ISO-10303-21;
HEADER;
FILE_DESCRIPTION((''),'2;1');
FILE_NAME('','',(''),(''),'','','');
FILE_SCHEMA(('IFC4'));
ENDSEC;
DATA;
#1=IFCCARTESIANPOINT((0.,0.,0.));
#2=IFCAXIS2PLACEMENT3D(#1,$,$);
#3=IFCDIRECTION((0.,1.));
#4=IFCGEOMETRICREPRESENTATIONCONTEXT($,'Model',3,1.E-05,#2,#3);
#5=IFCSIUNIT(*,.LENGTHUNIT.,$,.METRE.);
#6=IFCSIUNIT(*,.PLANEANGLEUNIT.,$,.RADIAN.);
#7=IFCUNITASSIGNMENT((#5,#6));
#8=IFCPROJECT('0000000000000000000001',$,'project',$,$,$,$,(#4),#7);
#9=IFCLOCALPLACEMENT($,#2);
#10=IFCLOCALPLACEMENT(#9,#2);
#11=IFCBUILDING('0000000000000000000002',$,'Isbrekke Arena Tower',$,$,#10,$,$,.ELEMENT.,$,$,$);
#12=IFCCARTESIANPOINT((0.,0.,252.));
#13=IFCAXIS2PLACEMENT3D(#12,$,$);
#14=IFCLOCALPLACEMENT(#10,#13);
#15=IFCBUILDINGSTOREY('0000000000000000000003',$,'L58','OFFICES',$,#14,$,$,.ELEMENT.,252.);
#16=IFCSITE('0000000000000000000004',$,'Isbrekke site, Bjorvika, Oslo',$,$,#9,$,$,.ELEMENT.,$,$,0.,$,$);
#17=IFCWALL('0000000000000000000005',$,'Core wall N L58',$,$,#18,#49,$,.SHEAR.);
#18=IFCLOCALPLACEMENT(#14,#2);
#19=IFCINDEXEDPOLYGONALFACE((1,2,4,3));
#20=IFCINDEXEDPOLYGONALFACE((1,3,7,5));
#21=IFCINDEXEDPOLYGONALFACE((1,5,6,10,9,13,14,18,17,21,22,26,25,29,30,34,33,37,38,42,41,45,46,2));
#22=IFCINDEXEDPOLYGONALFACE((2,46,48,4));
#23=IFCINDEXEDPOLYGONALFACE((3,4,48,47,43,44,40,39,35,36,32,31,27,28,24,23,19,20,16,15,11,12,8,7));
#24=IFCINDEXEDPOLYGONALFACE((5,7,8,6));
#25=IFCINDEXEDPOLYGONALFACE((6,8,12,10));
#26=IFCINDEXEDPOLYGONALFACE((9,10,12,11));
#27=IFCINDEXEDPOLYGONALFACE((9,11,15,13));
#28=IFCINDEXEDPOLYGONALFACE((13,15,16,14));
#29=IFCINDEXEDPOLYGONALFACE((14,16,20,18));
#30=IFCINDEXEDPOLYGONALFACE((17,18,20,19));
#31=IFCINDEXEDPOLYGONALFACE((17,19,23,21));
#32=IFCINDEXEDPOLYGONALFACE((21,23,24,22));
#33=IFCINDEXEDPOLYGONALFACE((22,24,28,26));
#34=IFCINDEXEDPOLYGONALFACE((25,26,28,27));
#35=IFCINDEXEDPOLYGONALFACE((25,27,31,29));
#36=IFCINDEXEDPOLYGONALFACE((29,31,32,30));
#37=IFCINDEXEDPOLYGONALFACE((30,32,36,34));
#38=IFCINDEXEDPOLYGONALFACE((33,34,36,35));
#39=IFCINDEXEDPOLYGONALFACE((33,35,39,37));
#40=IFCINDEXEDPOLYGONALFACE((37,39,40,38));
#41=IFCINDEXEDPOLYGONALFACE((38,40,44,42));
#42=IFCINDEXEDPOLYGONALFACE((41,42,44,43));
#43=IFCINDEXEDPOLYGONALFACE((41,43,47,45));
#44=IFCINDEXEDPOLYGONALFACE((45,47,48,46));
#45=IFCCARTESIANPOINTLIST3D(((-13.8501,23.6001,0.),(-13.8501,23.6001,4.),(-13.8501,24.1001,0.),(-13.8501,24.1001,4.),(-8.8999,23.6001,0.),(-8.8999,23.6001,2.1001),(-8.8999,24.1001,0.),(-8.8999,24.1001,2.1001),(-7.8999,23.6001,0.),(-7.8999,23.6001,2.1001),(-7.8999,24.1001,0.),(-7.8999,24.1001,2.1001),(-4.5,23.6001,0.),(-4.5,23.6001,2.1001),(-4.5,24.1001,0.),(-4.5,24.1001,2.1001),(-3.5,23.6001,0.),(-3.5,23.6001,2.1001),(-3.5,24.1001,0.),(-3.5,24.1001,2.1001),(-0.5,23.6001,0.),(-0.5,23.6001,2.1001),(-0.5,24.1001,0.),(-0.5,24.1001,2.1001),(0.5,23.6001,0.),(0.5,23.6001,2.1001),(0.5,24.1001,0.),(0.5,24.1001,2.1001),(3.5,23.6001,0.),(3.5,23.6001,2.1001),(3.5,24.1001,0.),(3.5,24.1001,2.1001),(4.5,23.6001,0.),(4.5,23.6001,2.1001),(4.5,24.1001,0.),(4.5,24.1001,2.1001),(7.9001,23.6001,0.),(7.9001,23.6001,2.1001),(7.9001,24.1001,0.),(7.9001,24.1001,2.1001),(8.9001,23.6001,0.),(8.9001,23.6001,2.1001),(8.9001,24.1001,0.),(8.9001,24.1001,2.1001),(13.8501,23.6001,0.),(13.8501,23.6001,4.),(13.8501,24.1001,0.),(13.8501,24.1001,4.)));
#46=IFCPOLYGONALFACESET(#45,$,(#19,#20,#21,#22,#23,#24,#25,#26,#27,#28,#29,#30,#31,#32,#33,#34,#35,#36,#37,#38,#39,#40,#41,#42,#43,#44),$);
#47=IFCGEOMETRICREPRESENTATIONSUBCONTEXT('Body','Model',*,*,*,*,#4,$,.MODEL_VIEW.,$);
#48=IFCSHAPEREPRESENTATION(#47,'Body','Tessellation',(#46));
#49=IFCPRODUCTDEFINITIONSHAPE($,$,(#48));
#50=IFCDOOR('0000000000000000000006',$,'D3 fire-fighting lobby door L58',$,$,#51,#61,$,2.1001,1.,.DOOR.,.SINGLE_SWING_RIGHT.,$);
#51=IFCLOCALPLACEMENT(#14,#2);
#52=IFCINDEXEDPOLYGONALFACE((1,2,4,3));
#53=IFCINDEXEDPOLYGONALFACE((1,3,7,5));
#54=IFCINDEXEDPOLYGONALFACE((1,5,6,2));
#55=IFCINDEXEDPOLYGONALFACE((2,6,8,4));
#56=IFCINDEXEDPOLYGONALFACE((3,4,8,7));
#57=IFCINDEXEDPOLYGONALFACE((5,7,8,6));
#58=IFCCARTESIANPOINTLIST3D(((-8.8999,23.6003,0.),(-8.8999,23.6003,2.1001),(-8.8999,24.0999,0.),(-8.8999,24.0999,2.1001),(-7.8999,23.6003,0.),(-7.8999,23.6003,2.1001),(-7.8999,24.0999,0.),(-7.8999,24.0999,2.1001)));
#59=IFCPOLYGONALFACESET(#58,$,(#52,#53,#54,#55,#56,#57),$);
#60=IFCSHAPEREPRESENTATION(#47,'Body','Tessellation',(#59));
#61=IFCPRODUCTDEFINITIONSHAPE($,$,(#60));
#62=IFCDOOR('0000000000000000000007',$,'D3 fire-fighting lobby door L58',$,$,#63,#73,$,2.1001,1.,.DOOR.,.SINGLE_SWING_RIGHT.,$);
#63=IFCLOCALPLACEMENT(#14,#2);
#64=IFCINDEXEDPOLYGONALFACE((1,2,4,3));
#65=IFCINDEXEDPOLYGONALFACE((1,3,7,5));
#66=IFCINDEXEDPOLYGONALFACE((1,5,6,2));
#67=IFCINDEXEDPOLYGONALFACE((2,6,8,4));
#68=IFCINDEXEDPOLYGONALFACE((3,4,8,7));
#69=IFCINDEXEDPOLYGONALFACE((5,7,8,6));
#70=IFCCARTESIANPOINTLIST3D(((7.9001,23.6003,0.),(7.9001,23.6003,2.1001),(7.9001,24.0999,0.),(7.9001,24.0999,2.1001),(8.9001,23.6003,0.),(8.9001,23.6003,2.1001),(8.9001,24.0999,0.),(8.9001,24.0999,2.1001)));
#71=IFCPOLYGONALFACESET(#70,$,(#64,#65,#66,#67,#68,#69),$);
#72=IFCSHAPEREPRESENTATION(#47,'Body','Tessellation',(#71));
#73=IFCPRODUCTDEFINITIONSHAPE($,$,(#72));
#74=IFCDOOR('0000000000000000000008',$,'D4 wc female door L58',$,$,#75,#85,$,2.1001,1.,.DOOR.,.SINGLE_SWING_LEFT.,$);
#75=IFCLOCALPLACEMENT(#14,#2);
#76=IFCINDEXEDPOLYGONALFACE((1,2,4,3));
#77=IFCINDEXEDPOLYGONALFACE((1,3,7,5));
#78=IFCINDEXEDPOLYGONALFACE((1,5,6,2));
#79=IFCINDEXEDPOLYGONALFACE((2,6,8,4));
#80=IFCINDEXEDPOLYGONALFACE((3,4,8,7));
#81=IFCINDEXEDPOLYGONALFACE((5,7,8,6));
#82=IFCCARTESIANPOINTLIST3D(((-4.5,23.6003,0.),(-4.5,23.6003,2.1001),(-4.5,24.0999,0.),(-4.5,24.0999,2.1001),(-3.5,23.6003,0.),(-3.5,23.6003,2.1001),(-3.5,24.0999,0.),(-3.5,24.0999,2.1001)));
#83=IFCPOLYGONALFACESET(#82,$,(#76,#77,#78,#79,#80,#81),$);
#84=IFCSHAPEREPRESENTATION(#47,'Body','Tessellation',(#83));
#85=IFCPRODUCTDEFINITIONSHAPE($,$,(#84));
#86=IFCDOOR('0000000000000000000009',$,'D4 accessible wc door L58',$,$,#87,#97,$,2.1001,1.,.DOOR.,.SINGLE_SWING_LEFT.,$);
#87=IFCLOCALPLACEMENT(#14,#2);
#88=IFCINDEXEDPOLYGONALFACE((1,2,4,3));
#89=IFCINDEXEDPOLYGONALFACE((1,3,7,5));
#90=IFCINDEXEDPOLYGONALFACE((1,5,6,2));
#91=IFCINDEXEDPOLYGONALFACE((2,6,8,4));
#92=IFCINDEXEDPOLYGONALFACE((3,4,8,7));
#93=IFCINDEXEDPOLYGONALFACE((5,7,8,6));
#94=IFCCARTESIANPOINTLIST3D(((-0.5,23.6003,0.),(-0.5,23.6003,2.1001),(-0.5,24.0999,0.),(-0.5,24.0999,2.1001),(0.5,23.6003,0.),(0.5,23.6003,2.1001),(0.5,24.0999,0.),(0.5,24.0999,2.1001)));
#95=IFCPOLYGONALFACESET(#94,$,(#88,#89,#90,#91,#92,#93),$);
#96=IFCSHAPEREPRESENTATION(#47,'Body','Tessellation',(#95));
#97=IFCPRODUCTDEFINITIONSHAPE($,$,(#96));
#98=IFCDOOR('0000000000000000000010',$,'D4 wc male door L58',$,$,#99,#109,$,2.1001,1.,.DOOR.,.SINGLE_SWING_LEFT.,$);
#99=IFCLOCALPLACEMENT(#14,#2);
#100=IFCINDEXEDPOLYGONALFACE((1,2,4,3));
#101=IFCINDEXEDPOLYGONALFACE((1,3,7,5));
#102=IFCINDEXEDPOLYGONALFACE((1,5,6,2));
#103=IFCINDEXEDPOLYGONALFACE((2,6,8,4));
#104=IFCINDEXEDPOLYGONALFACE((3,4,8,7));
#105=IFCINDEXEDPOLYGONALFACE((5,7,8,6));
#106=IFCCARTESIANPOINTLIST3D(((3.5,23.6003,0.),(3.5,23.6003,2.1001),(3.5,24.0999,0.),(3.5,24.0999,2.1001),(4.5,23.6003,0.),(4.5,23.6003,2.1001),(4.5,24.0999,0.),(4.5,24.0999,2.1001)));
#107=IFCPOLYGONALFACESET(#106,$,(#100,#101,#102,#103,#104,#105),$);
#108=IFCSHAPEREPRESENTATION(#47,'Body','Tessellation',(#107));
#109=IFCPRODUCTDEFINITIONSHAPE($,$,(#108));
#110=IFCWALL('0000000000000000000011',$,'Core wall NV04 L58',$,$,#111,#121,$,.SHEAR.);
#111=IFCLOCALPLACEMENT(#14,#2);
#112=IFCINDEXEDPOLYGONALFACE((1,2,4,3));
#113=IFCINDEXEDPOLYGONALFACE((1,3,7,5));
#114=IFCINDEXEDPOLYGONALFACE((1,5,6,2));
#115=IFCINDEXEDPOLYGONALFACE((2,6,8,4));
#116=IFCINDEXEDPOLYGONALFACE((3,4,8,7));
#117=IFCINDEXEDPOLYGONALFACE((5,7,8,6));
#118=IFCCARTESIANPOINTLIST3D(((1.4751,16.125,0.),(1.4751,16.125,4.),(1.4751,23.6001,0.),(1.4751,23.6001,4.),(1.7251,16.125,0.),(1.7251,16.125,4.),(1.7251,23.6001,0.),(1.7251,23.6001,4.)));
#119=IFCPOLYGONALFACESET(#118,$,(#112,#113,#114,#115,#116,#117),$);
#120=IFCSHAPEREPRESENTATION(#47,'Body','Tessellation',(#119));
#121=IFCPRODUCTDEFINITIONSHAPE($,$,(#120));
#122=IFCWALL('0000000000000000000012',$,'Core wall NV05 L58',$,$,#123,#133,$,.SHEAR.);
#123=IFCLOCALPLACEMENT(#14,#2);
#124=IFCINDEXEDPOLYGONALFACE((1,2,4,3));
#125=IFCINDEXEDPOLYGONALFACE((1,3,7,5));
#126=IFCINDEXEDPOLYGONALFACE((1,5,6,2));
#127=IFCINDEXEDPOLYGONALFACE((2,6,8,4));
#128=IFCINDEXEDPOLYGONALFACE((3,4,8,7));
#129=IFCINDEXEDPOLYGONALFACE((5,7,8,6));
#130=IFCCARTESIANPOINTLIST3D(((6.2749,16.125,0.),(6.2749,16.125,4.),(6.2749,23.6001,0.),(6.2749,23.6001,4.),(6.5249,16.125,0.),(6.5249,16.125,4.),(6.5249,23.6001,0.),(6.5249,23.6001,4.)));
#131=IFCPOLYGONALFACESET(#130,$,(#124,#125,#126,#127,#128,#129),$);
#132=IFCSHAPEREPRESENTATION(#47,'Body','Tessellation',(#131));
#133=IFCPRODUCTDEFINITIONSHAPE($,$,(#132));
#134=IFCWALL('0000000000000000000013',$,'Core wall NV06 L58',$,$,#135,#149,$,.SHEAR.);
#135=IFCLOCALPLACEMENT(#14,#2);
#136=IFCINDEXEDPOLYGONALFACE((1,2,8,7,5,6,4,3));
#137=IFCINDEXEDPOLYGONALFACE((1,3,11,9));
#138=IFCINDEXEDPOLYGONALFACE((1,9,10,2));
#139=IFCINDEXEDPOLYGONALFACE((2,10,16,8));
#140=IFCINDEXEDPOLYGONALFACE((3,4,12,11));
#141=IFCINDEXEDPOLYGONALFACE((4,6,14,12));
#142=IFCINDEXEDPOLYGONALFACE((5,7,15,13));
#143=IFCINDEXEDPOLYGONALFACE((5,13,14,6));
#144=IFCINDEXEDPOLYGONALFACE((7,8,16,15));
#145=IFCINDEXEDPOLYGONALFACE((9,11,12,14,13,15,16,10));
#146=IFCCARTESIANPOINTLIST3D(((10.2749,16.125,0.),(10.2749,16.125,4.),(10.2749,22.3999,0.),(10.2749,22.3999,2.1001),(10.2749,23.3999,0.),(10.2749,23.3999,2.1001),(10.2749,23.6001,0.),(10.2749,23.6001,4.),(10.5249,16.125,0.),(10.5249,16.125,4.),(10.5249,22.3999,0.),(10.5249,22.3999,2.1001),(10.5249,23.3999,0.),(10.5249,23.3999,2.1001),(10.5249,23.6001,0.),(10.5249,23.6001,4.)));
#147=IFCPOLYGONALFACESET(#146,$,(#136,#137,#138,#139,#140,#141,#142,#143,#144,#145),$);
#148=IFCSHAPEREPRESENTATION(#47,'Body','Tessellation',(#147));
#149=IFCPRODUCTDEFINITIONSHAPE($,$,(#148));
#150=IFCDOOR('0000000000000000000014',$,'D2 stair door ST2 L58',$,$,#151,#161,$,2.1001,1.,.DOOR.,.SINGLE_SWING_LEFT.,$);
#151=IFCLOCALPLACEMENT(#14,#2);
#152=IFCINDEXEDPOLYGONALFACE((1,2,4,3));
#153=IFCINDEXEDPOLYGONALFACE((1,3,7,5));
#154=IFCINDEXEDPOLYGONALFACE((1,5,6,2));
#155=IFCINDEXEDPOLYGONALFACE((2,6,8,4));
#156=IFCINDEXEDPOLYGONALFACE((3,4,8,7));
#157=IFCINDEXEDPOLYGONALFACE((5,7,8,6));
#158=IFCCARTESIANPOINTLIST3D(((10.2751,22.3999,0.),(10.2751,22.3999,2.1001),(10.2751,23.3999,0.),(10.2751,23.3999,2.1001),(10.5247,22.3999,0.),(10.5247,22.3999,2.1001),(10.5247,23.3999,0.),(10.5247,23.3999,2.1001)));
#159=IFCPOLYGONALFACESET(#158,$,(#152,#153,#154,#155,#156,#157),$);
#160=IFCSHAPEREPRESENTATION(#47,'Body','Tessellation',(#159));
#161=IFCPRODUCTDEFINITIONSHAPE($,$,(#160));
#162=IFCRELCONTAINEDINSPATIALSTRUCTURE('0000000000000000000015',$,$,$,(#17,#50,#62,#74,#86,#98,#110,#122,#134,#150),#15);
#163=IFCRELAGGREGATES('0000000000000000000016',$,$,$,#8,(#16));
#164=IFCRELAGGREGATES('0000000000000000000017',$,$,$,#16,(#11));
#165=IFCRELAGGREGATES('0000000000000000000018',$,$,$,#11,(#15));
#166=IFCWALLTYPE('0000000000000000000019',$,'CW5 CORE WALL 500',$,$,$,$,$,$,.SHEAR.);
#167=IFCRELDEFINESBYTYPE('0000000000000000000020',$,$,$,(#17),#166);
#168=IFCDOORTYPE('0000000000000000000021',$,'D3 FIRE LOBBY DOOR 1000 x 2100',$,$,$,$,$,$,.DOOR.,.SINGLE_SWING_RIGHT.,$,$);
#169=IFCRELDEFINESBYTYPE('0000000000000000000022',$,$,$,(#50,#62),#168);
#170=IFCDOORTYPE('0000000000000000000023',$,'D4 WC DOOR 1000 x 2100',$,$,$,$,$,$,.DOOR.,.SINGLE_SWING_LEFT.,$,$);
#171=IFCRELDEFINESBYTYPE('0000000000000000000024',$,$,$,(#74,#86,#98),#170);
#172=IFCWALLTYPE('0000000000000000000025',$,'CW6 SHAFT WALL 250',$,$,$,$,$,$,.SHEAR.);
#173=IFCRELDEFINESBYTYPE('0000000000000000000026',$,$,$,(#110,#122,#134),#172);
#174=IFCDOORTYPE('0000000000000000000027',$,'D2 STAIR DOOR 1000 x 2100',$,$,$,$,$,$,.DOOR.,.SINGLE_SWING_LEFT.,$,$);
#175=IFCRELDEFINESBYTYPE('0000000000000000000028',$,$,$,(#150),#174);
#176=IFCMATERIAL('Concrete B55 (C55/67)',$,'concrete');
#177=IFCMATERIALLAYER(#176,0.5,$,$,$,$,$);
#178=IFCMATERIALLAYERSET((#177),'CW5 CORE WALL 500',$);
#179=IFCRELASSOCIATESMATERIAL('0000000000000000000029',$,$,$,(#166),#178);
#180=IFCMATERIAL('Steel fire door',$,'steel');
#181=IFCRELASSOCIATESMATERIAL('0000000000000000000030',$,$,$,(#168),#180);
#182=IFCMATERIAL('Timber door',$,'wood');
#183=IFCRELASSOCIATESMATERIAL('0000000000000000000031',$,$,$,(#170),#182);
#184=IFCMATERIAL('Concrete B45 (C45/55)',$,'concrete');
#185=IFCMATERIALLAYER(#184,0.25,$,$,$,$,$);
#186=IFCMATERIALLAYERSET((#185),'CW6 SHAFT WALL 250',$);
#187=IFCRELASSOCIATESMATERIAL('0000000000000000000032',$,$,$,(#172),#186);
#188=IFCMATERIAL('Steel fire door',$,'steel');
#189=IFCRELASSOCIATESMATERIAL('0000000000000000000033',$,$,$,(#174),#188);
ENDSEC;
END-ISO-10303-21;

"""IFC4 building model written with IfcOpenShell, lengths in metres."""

from ifc_helpers import new_model, si_unit, direction, frame, frame_2d, origin, place, context, subcontext, project, spatial, rectangle, extrude, material, layer, layer_set, type_object, element, fill, save


model = new_model("IFC4")

# Units and contexts
model_context = context("Model", 3, precision=1e-05, world=origin(), true_north=direction((0.0, 1.0)))
body_context = subcontext(model_context, "Body", "Model", "MODEL_VIEW")
ifc_project = project(units=[si_unit("LENGTHUNIT", "METRE"), si_unit("PLANEANGLEUNIT", "RADIAN")], contexts=[model_context])

# Site, building, storey
site_placement = place(None, origin())
site = spatial("IfcSite", under=ifc_project, at=site_placement, Name="Isbrekke site, Bjorvika, Oslo", CompositionType="ELEMENT", RefElevation=0.0)
building_placement = place(site_placement, origin())
building = spatial("IfcBuilding", under=site, at=building_placement, Name="Isbrekke Arena Tower", CompositionType="ELEMENT")
storey_placement = place(building_placement, frame((0.0, 0.0, 252.0)))
storey = spatial("IfcBuildingStorey", under=building, at=storey_placement, Name="L58", Description="OFFICES", CompositionType="ELEMENT", Elevation=252.0)

# Wall, openings, doors
ifc_material_1 = material(Name="Concrete B55 (C55/67)", Category="concrete")
ifc_layer_1 = layer(ifc_material_1, 0.5)
ifc_layer_set_1 = layer_set([ifc_layer_1], Name="CW5 CORE WALL 500")
wall_type_1 = type_object("IfcWallType", Name="CW5 CORE WALL 500", PredefinedType="SHEAR", material=ifc_layer_set_1)
wall_1_placement = place(storey_placement, frame((13.8501, 23.8501, 0.0), z_axis=(0.0, 0.0, 1.0), x_axis=(-1.0, 0.0, 0.0)))
wall_1 = element("IfcWall", 1, at=wall_1_placement, inside=storey, type_object=wall_type_1, Name="Core wall N L58", PredefinedType="SHEAR", context=body_context, shape_type="SweptSolid", body=[
    extrude(rectangle(XDim=27.7002, YDim=0.5, at=frame_2d((13.8501, 0.0))), origin(), (0.0, 0.0, 1.0), 4.0),
])
opening_1_placement = place(wall_1_placement, frame((21.75, 0.0, 0.0)))
opening_1 = element("IfcOpeningElement", 2, at=opening_1_placement, cuts=wall_1, PredefinedType="OPENING", context=body_context, shape_type="SweptSolid", body=[
    extrude(rectangle(XDim=1.0, YDim=2.1001, at=frame_2d((0.5, 1.05))), frame((0.0, 0.2649, 0.0), z_axis=(0.0, -1.0, 0.0), x_axis=(1.0, 0.0, 0.0)), (0.0, 0.0, 1.0), 0.5298),
])
opening_2_placement = place(wall_1_placement, frame((4.95, 0.0, 0.0)))
opening_2 = element("IfcOpeningElement", 3, at=opening_2_placement, cuts=wall_1, PredefinedType="OPENING", context=body_context, shape_type="SweptSolid", body=[
    extrude(rectangle(XDim=1.0, YDim=2.1001, at=frame_2d((0.5, 1.05))), frame((0.0, 0.2649, 0.0), z_axis=(0.0, -1.0, 0.0), x_axis=(1.0, 0.0, 0.0)), (0.0, 0.0, 1.0), 0.5298),
])
opening_3_placement = place(wall_1_placement, frame((17.3501, 0.0, 0.0)))
opening_3 = element("IfcOpeningElement", 4, at=opening_3_placement, cuts=wall_1, PredefinedType="OPENING", context=body_context, shape_type="SweptSolid", body=[
    extrude(rectangle(XDim=1.0, YDim=2.1001, at=frame_2d((0.5, 1.05))), frame((0.0, 0.2649, 0.0), z_axis=(0.0, -1.0, 0.0), x_axis=(1.0, 0.0, 0.0)), (0.0, 0.0, 1.0), 0.5298),
])
opening_4_placement = place(wall_1_placement, frame((13.3501, 0.0, 0.0)))
opening_4 = element("IfcOpeningElement", 5, at=opening_4_placement, cuts=wall_1, PredefinedType="OPENING", context=body_context, shape_type="SweptSolid", body=[
    extrude(rectangle(XDim=1.0, YDim=2.1001, at=frame_2d((0.5, 1.05))), frame((0.0, 0.2649, 0.0), z_axis=(0.0, -1.0, 0.0), x_axis=(1.0, 0.0, 0.0)), (0.0, 0.0, 1.0), 0.5298),
])
opening_5_placement = place(wall_1_placement, frame((9.3501, 0.0, 0.0)))
opening_5 = element("IfcOpeningElement", 6, at=opening_5_placement, cuts=wall_1, PredefinedType="OPENING", context=body_context, shape_type="SweptSolid", body=[
    extrude(rectangle(XDim=1.0, YDim=2.1001, at=frame_2d((0.5, 1.05))), frame((0.0, 0.2649, 0.0), z_axis=(0.0, -1.0, 0.0), x_axis=(1.0, 0.0, 0.0)), (0.0, 0.0, 1.0), 0.5298),
])
ifc_material_2 = material(Name="Steel fire door", Category="steel")
door_type_1 = type_object("IfcDoorType", Name="D3 FIRE LOBBY DOOR 1000 x 2100", OperationType="SINGLE_SWING_RIGHT", PredefinedType="DOOR", material=ifc_material_2)
door_1_placement = place(opening_1_placement, origin())
door_1 = element("IfcDoor", 7, at=door_1_placement, inside=storey, type_object=door_type_1, Name="D3 fire-fighting lobby door L58", OperationType="SINGLE_SWING_RIGHT", OverallHeight=2.1001, OverallWidth=1.0, PredefinedType="DOOR", context=body_context, shape_type="SweptSolid", body=[
    extrude(rectangle(XDim=1.0, YDim=2.1001, at=frame_2d((0.5, 1.05))), frame((0.0, 0.2498, 0.0), z_axis=(0.0, -1.0, 0.0), x_axis=(1.0, 0.0, 0.0)), (0.0, 0.0, 1.0), 0.4995),
])
fill(opening_1, door_1)
door_2_placement = place(opening_2_placement, origin())
door_2 = element("IfcDoor", 8, at=door_2_placement, inside=storey, type_object=door_type_1, Name="D3 fire-fighting lobby door L58", OperationType="SINGLE_SWING_RIGHT", OverallHeight=2.1001, OverallWidth=1.0, PredefinedType="DOOR", context=body_context, shape_type="SweptSolid", body=[
    extrude(rectangle(XDim=1.0, YDim=2.1001, at=frame_2d((0.5, 1.05))), frame((0.0, 0.2498, 0.0), z_axis=(0.0, -1.0, 0.0), x_axis=(1.0, 0.0, 0.0)), (0.0, 0.0, 1.0), 0.4995),
])
fill(opening_2, door_2)
ifc_material_3 = material(Name="Timber door", Category="wood")
door_type_2 = type_object("IfcDoorType", Name="D4 WC DOOR 1000 x 2100", OperationType="SINGLE_SWING_LEFT", PredefinedType="DOOR", material=ifc_material_3)
door_3_placement = place(opening_3_placement, origin())
door_3 = element("IfcDoor", 9, at=door_3_placement, inside=storey, type_object=door_type_2, Name="D4 wc female door L58", OperationType="SINGLE_SWING_LEFT", OverallHeight=2.1001, OverallWidth=1.0, PredefinedType="DOOR", context=body_context, shape_type="SweptSolid", body=[
    extrude(rectangle(XDim=1.0, YDim=2.1001, at=frame_2d((0.5, 1.05))), frame((0.0, 0.2498, 0.0), z_axis=(0.0, -1.0, 0.0), x_axis=(1.0, 0.0, 0.0)), (0.0, 0.0, 1.0), 0.4995),
])
fill(opening_3, door_3)
door_4_placement = place(opening_4_placement, origin())
door_4 = element("IfcDoor", 10, at=door_4_placement, inside=storey, type_object=door_type_2, Name="D4 accessible wc door L58", OperationType="SINGLE_SWING_LEFT", OverallHeight=2.1001, OverallWidth=1.0, PredefinedType="DOOR", context=body_context, shape_type="SweptSolid", body=[
    extrude(rectangle(XDim=1.0, YDim=2.1001, at=frame_2d((0.5, 1.05))), frame((0.0, 0.2498, 0.0), z_axis=(0.0, -1.0, 0.0), x_axis=(1.0, 0.0, 0.0)), (0.0, 0.0, 1.0), 0.4995),
])
fill(opening_4, door_4)
door_5_placement = place(opening_5_placement, origin())
door_5 = element("IfcDoor", 11, at=door_5_placement, inside=storey, type_object=door_type_2, Name="D4 wc male door L58", OperationType="SINGLE_SWING_LEFT", OverallHeight=2.1001, OverallWidth=1.0, PredefinedType="DOOR", context=body_context, shape_type="SweptSolid", body=[
    extrude(rectangle(XDim=1.0, YDim=2.1001, at=frame_2d((0.5, 1.05))), frame((0.0, 0.2498, 0.0), z_axis=(0.0, -1.0, 0.0), x_axis=(1.0, 0.0, 0.0)), (0.0, 0.0, 1.0), 0.4995),
])
fill(opening_5, door_5)

# Walls
ifc_material_4 = material(Name="Concrete B45 (C45/55)", Category="concrete")
ifc_layer_2 = layer(ifc_material_4, 0.25)
ifc_layer_set_2 = layer_set([ifc_layer_2], Name="CW6 SHAFT WALL 250")
wall_type_2 = type_object("IfcWallType", Name="CW6 SHAFT WALL 250", PredefinedType="SHEAR", material=ifc_layer_set_2)
for number, where, z_axis, x_axis, name in (
    (12, (1.6001, 16.125, 0.0), (0.0, 0.0, 1.0), (0.0, 1.0, 0.0), "Core wall NV04 L58"),
    (13, (6.3999, 16.125, 0.0), (0.0, 0.0, 1.0), (0.0, 1.0, 0.0), "Core wall NV05 L58"),
):
    element("IfcWall", number, at=place(storey_placement, frame(where, z_axis=z_axis, x_axis=x_axis)), inside=storey, type_object=wall_type_2, Name=name, PredefinedType="SHEAR", context=body_context, shape_type="SweptSolid", body=[
        extrude(rectangle(XDim=7.4751, YDim=0.25, at=frame_2d((3.7375, 0.0))), origin(), (0.0, 0.0, 1.0), 4.0),
    ])

# Wall, opening, door
wall_2_placement = place(storey_placement, frame((10.3999, 16.125, 0.0), z_axis=(0.0, 0.0, 1.0), x_axis=(0.0, 1.0, 0.0)))
wall_2 = element("IfcWall", 14, at=wall_2_placement, inside=storey, type_object=wall_type_2, Name="Core wall NV06 L58", PredefinedType="SHEAR", context=body_context, shape_type="SweptSolid", body=[
    extrude(rectangle(XDim=7.4751, YDim=0.25, at=frame_2d((3.7375, 0.0))), origin(), (0.0, 0.0, 1.0), 4.0),
])
opening_6_placement = place(wall_2_placement, frame((6.2749, 0.0, 0.0)))
opening_6 = element("IfcOpeningElement", 15, at=opening_6_placement, cuts=wall_2, PredefinedType="OPENING", context=body_context, shape_type="SweptSolid", body=[
    extrude(rectangle(XDim=1.0, YDim=2.1001, at=frame_2d((0.5, 1.05))), frame((0.0, 0.1399, 0.0), z_axis=(0.0, -1.0, 0.0), x_axis=(1.0, 0.0, 0.0)), (0.0, 0.0, 1.0), 0.2798),
])
ifc_material_5 = material(Name="Steel fire door", Category="steel")
door_type_3 = type_object("IfcDoorType", Name="D2 STAIR DOOR 1000 x 2100", OperationType="SINGLE_SWING_LEFT", PredefinedType="DOOR", material=ifc_material_5)
door_6_placement = place(opening_6_placement, origin())
door_6 = element("IfcDoor", 16, at=door_6_placement, inside=storey, type_object=door_type_3, Name="D2 stair door ST2 L58", OperationType="SINGLE_SWING_LEFT", OverallHeight=2.1001, OverallWidth=1.0, PredefinedType="DOOR", context=body_context, shape_type="SweptSolid", body=[
    extrude(rectangle(XDim=1.0, YDim=2.1001, at=frame_2d((0.5, 1.05))), frame((0.0, 0.1248, 0.0), z_axis=(0.0, -1.0, 0.0), x_axis=(1.0, 0.0, 0.0)), (0.0, 0.0, 1.0), 0.2495),
])
fill(opening_6, door_6)

save(model, "model.ifc")
